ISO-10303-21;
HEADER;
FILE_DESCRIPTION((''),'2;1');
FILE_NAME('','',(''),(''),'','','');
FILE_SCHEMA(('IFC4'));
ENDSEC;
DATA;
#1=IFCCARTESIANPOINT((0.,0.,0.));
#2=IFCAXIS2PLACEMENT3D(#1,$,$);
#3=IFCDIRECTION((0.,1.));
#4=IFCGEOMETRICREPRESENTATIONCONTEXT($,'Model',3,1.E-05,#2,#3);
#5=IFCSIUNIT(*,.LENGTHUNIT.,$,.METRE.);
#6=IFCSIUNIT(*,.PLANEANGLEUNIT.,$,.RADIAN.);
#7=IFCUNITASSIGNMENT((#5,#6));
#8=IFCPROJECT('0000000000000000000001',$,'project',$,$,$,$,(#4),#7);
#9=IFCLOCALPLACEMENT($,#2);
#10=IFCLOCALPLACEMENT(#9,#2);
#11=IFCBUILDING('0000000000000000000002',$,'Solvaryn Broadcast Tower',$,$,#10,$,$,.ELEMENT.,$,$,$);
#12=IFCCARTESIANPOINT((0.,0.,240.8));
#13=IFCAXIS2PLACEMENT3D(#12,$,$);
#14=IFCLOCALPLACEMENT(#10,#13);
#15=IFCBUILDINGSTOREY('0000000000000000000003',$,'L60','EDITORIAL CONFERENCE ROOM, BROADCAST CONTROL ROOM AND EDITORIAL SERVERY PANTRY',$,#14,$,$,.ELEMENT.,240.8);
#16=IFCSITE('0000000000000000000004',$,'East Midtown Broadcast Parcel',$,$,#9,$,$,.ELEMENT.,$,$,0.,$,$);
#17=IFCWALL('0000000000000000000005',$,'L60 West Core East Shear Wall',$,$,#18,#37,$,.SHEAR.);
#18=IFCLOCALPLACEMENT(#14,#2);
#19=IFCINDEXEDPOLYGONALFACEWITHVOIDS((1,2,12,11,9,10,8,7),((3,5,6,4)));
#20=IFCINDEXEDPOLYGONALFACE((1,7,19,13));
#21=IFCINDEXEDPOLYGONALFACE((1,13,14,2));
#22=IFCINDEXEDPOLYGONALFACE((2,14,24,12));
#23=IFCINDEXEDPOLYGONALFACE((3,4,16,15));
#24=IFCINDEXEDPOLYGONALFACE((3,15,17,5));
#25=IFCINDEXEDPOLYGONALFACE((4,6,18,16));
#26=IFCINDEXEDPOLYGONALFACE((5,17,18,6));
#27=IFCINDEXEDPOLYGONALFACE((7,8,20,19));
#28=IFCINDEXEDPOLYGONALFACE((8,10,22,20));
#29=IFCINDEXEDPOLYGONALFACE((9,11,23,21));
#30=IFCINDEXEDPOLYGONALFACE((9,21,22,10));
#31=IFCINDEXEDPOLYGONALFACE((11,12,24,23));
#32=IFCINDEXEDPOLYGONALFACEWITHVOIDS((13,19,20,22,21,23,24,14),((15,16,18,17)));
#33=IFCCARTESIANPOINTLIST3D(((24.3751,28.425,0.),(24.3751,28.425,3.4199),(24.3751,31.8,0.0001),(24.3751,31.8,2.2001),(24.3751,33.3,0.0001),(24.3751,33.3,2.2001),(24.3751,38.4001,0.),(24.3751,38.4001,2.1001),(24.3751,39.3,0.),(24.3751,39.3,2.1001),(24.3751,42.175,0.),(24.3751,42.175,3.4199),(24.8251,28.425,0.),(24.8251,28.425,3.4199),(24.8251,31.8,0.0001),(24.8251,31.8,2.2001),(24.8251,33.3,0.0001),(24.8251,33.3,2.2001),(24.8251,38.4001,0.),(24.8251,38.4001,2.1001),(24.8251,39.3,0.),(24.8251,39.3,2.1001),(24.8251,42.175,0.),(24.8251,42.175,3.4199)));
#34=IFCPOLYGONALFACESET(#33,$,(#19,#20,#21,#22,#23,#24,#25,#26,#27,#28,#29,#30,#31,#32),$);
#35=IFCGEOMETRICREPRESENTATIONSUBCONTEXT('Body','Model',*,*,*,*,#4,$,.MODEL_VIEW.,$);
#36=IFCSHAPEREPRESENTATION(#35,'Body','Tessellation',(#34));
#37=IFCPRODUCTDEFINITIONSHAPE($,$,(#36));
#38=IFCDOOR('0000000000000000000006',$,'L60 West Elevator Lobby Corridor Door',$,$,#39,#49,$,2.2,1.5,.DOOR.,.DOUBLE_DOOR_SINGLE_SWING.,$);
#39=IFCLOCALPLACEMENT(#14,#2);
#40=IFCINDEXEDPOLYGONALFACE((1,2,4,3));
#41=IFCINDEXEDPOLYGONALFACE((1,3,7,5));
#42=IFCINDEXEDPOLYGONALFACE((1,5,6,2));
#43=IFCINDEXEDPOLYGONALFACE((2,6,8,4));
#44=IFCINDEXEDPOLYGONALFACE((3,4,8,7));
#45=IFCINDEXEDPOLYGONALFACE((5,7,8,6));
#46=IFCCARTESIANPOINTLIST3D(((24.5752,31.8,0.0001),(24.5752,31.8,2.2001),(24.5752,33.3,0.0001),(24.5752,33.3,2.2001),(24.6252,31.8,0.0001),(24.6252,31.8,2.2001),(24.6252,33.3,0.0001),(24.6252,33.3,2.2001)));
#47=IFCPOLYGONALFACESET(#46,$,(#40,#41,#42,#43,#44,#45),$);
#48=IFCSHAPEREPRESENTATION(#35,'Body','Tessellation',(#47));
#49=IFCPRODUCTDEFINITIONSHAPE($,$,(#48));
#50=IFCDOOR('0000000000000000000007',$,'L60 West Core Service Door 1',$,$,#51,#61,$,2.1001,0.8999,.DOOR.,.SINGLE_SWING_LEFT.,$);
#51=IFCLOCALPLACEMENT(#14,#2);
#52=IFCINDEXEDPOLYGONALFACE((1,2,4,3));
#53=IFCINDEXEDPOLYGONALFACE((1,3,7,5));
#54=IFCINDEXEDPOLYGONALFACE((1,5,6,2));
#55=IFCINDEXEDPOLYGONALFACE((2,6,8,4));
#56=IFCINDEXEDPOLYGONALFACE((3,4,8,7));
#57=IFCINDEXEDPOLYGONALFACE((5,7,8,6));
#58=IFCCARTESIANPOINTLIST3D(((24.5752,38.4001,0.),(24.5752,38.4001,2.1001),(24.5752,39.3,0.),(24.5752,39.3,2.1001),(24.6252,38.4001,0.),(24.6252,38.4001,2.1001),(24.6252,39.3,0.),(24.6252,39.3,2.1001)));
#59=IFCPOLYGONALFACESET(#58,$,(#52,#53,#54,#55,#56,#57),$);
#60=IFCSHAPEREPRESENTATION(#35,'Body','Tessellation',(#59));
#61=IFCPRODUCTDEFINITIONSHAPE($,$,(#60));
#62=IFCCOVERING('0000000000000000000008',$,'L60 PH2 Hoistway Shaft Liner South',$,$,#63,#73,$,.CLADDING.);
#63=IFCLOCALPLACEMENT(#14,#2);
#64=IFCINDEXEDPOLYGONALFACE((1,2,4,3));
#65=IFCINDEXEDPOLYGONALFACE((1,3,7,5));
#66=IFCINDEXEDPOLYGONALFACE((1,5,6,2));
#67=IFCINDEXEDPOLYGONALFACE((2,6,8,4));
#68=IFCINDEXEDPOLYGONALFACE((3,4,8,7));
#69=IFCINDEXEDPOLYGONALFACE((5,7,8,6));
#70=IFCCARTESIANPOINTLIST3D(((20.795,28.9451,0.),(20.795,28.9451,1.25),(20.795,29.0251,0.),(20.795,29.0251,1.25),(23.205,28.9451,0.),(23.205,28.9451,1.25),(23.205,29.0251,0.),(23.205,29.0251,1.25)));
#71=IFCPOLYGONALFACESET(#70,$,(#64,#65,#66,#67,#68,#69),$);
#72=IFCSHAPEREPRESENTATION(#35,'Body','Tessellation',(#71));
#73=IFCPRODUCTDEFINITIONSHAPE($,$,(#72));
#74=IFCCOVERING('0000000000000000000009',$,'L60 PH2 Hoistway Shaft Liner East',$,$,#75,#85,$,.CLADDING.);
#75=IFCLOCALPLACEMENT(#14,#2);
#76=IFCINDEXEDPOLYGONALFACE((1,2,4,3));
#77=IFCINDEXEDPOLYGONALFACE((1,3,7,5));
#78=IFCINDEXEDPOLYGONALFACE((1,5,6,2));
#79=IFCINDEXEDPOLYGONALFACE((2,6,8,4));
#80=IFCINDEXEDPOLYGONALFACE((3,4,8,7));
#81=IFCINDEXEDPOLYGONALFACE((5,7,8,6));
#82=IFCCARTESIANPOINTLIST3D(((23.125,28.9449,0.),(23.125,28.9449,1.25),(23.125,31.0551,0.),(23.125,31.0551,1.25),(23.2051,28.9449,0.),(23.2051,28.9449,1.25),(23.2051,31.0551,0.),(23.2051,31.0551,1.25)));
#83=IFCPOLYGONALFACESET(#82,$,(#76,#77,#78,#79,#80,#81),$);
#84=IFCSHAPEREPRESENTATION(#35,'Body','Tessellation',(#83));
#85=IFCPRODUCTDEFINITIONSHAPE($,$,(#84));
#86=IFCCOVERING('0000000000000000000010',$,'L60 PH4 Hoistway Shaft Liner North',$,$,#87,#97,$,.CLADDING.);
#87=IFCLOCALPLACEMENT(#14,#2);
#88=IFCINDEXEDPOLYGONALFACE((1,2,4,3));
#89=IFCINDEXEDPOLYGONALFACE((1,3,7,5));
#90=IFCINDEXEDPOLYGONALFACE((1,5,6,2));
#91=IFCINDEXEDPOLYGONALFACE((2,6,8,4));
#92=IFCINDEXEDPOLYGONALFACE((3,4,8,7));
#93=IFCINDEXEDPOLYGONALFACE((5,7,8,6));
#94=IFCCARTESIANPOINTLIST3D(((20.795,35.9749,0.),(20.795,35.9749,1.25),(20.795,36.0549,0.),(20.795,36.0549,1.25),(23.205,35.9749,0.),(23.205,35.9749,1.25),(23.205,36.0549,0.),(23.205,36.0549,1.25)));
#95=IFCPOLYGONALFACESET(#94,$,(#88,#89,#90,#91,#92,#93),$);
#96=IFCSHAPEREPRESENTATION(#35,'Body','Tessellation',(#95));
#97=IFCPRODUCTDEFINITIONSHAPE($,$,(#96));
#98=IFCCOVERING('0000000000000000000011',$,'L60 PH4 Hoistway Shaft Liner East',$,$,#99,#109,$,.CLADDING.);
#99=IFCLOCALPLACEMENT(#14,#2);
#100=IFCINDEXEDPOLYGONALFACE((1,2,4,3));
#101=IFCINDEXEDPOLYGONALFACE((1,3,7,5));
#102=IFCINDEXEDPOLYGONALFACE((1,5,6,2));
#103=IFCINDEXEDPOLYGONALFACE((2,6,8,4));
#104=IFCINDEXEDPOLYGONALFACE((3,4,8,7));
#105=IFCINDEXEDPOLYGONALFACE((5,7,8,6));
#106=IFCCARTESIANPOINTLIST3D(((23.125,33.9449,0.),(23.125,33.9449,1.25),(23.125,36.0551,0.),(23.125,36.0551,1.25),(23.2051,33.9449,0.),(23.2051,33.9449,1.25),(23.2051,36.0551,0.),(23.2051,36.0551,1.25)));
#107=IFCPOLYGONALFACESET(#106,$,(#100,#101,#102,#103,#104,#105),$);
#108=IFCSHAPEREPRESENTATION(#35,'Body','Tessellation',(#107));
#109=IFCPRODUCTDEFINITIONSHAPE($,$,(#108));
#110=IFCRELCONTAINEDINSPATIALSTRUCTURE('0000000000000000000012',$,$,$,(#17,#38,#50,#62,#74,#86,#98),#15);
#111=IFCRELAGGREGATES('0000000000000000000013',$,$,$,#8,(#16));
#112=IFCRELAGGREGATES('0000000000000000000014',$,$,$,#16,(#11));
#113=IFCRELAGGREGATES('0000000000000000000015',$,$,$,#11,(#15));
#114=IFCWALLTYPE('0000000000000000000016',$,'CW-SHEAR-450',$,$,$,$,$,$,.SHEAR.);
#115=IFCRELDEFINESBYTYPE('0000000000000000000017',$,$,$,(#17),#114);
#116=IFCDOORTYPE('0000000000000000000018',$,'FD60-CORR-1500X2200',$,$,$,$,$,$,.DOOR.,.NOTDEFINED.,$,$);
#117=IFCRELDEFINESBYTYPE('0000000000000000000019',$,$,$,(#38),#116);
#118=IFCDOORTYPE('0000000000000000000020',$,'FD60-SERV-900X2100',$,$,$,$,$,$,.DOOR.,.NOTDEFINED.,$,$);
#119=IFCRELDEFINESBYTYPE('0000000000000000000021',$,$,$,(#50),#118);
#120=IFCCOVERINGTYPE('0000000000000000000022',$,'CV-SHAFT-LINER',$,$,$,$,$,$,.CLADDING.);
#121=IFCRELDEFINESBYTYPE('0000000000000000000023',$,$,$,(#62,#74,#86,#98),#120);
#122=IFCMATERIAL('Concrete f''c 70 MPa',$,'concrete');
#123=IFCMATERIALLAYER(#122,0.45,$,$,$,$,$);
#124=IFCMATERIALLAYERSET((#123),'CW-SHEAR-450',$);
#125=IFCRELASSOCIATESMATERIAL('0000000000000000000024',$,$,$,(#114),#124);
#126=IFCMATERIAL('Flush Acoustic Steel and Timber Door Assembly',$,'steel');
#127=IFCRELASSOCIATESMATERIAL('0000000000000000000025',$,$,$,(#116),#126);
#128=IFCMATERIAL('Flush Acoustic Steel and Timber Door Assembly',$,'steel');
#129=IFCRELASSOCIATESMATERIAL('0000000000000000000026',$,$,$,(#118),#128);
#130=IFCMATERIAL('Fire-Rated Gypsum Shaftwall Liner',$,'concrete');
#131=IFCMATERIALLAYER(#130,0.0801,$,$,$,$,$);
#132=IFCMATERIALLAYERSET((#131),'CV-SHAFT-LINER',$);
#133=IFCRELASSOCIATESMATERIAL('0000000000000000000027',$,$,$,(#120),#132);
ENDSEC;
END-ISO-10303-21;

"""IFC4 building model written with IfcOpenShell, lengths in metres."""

from ifc_helpers import new_model, si_unit, direction, frame, frame_2d, origin, origin_2d, place, context, subcontext, project, spatial, rectangle, extrude, material, layer, layer_set, type_object, element, fill, save


model = new_model("IFC4")

# Units and contexts
model_context = context("Model", 3, precision=1e-05, world=origin(), true_north=direction((0.0, 1.0)))
body_context = subcontext(model_context, "Body", "Model", "MODEL_VIEW")
ifc_project = project(units=[si_unit("LENGTHUNIT", "METRE"), si_unit("PLANEANGLEUNIT", "RADIAN")], contexts=[model_context])

# Site, building, storey
site_placement = place(None, origin())
site = spatial("IfcSite", under=ifc_project, at=site_placement, Name="East Midtown Broadcast Parcel", CompositionType="ELEMENT", RefElevation=0.0)
building_placement = place(site_placement, origin())
building = spatial("IfcBuilding", under=site, at=building_placement, Name="Solvaryn Broadcast Tower", CompositionType="ELEMENT")
storey_placement = place(building_placement, frame((0.0, 0.0, 240.8)))
storey = spatial("IfcBuildingStorey", under=building, at=storey_placement, Name="L60", Description="EDITORIAL CONFERENCE ROOM, BROADCAST CONTROL ROOM AND EDITORIAL SERVERY PANTRY", CompositionType="ELEMENT", Elevation=240.8)

# Wall, openings, doors
ifc_material_1 = material(Name="Concrete f'c 70 MPa", Category="concrete")
ifc_layer_1 = layer(ifc_material_1, 0.45)
ifc_layer_set_1 = layer_set([ifc_layer_1], Name="CW-SHEAR-450")
wall_type_1 = type_object("IfcWallType", Name="CW-SHEAR-450", PredefinedType="SHEAR", material=ifc_layer_set_1)
wall_1_placement = place(storey_placement, frame((24.6001, 28.425, 0.0), z_axis=(0.0, 0.0, 1.0), x_axis=(0.0, 1.0, 0.0)))
wall_1 = element("IfcWall", 1, at=wall_1_placement, inside=storey, type_object=wall_type_1, Name="L60 West Core East Shear Wall", PredefinedType="SHEAR", context=body_context, shape_type="SweptSolid", body=[
    extrude(rectangle(XDim=13.75, YDim=0.45, at=frame_2d((6.875, 0.0))), origin(), (0.0, 0.0, 1.0), 3.4199),
])
opening_1_placement = place(wall_1_placement, frame((3.375, 0.0, 0.0)))
opening_1 = element("IfcOpeningElement", 2, at=opening_1_placement, cuts=wall_1, PredefinedType="OPENING", context=body_context, shape_type="SweptSolid", body=[
    extrude(rectangle(XDim=1.5, YDim=2.2, at=frame_2d((0.75, 1.1001))), frame((0.0, 0.2351, 0.0), z_axis=(0.0, -1.0, 0.0), x_axis=(1.0, 0.0, 0.0)), (0.0, 0.0, 1.0), 0.47),
])
opening_2_placement = place(wall_1_placement, frame((9.9751, 0.0, 0.0)))
opening_2 = element("IfcOpeningElement", 3, at=opening_2_placement, cuts=wall_1, PredefinedType="OPENING", context=body_context, shape_type="SweptSolid", body=[
    extrude(rectangle(XDim=0.8999, YDim=2.1001, at=frame_2d((0.45, 1.05))), frame((0.0, 0.2351, 0.0), z_axis=(0.0, -1.0, 0.0), x_axis=(1.0, 0.0, 0.0)), (0.0, 0.0, 1.0), 0.47),
])
ifc_material_2 = material(Name="Flush Acoustic Steel and Timber Door Assembly", Category="steel")
door_type_1 = type_object("IfcDoorType", Name="FD60-CORR-1500X2200", OperationType="NOTDEFINED", PredefinedType="DOOR", material=ifc_material_2)
door_1_placement = place(opening_1_placement, origin())
door_1 = element("IfcDoor", 4, at=door_1_placement, inside=storey, type_object=door_type_1, Name="L60 West Elevator Lobby Corridor Door", OperationType="DOUBLE_DOOR_SINGLE_SWING", OverallHeight=2.2, OverallWidth=1.5, PredefinedType="DOOR", context=body_context, shape_type="SweptSolid", body=[
    extrude(rectangle(XDim=1.5, YDim=2.2, at=frame_2d((0.75, 1.1001))), frame((0.0, 0.0249, 0.0), z_axis=(0.0, -1.0, 0.0), x_axis=(1.0, 0.0, 0.0)), (0.0, 0.0, 1.0), 0.05),
])
fill(opening_1, door_1)
ifc_material_3 = material(Name="Flush Acoustic Steel and Timber Door Assembly", Category="steel")
door_type_2 = type_object("IfcDoorType", Name="FD60-SERV-900X2100", OperationType="NOTDEFINED", PredefinedType="DOOR", material=ifc_material_3)
door_2_placement = place(opening_2_placement, origin())
door_2 = element("IfcDoor", 5, at=door_2_placement, inside=storey, type_object=door_type_2, Name="L60 West Core Service Door 1", OperationType="SINGLE_SWING_LEFT", OverallHeight=2.1001, OverallWidth=0.8999, PredefinedType="DOOR", context=body_context, shape_type="SweptSolid", body=[
    extrude(rectangle(XDim=0.8999, YDim=2.1001, at=frame_2d((0.45, 1.05))), frame((0.0, 0.0249, 0.0), z_axis=(0.0, -1.0, 0.0), x_axis=(1.0, 0.0, 0.0)), (0.0, 0.0, 1.0), 0.05),
])
fill(opening_2, door_2)

# Coverings
ifc_material_4 = material(Name="Fire-Rated Gypsum Shaftwall Liner", Category="concrete")
ifc_layer_2 = layer(ifc_material_4, 0.0801)
ifc_layer_set_2 = layer_set([ifc_layer_2], Name="CV-SHAFT-LINER")
covering_type = type_object("IfcCoveringType", Name="CV-SHAFT-LINER", PredefinedType="CLADDING", material=ifc_layer_set_2)
covering_1_placement = place(storey_placement, frame((22.0, 28.9851, 0.0), z_axis=(0.0, 0.0, 1.0), x_axis=(1.0, 0.0, 0.0)))
element("IfcCovering", 6, at=covering_1_placement, inside=storey, type_object=covering_type, Name="L60 PH2 Hoistway Shaft Liner South", PredefinedType="CLADDING", context=body_context, shape_type="SweptSolid", body=[
    extrude(rectangle(XDim=2.4099, YDim=0.0801, at=origin_2d()), origin(), (0.0, 0.0, 1.0), 1.25),
])
covering_2_placement = place(storey_placement, frame((23.165, 30.0, 0.0), z_axis=(0.0, 0.0, 1.0), x_axis=(1.0, 0.0, 0.0)))
element("IfcCovering", 7, at=covering_2_placement, inside=storey, type_object=covering_type, Name="L60 PH2 Hoistway Shaft Liner East", PredefinedType="CLADDING", context=body_context, shape_type="SweptSolid", body=[
    extrude(rectangle(XDim=0.0801, YDim=2.1101, at=origin_2d()), origin(), (0.0, 0.0, 1.0), 1.25),
])
covering_3_placement = place(storey_placement, frame((22.0, 36.0149, 0.0), z_axis=(0.0, 0.0, 1.0), x_axis=(1.0, 0.0, 0.0)))
element("IfcCovering", 8, at=covering_3_placement, inside=storey, type_object=covering_type, Name="L60 PH4 Hoistway Shaft Liner North", PredefinedType="CLADDING", context=body_context, shape_type="SweptSolid", body=[
    extrude(rectangle(XDim=2.4099, YDim=0.0801, at=origin_2d()), origin(), (0.0, 0.0, 1.0), 1.25),
])
covering_4_placement = place(storey_placement, frame((23.165, 35.0, 0.0), z_axis=(0.0, 0.0, 1.0), x_axis=(1.0, 0.0, 0.0)))
element("IfcCovering", 9, at=covering_4_placement, inside=storey, type_object=covering_type, Name="L60 PH4 Hoistway Shaft Liner East", PredefinedType="CLADDING", context=body_context, shape_type="SweptSolid", body=[
    extrude(rectangle(XDim=0.0801, YDim=2.1101, at=origin_2d()), origin(), (0.0, 0.0, 1.0), 1.25),
])

save(model, "model.ifc")
